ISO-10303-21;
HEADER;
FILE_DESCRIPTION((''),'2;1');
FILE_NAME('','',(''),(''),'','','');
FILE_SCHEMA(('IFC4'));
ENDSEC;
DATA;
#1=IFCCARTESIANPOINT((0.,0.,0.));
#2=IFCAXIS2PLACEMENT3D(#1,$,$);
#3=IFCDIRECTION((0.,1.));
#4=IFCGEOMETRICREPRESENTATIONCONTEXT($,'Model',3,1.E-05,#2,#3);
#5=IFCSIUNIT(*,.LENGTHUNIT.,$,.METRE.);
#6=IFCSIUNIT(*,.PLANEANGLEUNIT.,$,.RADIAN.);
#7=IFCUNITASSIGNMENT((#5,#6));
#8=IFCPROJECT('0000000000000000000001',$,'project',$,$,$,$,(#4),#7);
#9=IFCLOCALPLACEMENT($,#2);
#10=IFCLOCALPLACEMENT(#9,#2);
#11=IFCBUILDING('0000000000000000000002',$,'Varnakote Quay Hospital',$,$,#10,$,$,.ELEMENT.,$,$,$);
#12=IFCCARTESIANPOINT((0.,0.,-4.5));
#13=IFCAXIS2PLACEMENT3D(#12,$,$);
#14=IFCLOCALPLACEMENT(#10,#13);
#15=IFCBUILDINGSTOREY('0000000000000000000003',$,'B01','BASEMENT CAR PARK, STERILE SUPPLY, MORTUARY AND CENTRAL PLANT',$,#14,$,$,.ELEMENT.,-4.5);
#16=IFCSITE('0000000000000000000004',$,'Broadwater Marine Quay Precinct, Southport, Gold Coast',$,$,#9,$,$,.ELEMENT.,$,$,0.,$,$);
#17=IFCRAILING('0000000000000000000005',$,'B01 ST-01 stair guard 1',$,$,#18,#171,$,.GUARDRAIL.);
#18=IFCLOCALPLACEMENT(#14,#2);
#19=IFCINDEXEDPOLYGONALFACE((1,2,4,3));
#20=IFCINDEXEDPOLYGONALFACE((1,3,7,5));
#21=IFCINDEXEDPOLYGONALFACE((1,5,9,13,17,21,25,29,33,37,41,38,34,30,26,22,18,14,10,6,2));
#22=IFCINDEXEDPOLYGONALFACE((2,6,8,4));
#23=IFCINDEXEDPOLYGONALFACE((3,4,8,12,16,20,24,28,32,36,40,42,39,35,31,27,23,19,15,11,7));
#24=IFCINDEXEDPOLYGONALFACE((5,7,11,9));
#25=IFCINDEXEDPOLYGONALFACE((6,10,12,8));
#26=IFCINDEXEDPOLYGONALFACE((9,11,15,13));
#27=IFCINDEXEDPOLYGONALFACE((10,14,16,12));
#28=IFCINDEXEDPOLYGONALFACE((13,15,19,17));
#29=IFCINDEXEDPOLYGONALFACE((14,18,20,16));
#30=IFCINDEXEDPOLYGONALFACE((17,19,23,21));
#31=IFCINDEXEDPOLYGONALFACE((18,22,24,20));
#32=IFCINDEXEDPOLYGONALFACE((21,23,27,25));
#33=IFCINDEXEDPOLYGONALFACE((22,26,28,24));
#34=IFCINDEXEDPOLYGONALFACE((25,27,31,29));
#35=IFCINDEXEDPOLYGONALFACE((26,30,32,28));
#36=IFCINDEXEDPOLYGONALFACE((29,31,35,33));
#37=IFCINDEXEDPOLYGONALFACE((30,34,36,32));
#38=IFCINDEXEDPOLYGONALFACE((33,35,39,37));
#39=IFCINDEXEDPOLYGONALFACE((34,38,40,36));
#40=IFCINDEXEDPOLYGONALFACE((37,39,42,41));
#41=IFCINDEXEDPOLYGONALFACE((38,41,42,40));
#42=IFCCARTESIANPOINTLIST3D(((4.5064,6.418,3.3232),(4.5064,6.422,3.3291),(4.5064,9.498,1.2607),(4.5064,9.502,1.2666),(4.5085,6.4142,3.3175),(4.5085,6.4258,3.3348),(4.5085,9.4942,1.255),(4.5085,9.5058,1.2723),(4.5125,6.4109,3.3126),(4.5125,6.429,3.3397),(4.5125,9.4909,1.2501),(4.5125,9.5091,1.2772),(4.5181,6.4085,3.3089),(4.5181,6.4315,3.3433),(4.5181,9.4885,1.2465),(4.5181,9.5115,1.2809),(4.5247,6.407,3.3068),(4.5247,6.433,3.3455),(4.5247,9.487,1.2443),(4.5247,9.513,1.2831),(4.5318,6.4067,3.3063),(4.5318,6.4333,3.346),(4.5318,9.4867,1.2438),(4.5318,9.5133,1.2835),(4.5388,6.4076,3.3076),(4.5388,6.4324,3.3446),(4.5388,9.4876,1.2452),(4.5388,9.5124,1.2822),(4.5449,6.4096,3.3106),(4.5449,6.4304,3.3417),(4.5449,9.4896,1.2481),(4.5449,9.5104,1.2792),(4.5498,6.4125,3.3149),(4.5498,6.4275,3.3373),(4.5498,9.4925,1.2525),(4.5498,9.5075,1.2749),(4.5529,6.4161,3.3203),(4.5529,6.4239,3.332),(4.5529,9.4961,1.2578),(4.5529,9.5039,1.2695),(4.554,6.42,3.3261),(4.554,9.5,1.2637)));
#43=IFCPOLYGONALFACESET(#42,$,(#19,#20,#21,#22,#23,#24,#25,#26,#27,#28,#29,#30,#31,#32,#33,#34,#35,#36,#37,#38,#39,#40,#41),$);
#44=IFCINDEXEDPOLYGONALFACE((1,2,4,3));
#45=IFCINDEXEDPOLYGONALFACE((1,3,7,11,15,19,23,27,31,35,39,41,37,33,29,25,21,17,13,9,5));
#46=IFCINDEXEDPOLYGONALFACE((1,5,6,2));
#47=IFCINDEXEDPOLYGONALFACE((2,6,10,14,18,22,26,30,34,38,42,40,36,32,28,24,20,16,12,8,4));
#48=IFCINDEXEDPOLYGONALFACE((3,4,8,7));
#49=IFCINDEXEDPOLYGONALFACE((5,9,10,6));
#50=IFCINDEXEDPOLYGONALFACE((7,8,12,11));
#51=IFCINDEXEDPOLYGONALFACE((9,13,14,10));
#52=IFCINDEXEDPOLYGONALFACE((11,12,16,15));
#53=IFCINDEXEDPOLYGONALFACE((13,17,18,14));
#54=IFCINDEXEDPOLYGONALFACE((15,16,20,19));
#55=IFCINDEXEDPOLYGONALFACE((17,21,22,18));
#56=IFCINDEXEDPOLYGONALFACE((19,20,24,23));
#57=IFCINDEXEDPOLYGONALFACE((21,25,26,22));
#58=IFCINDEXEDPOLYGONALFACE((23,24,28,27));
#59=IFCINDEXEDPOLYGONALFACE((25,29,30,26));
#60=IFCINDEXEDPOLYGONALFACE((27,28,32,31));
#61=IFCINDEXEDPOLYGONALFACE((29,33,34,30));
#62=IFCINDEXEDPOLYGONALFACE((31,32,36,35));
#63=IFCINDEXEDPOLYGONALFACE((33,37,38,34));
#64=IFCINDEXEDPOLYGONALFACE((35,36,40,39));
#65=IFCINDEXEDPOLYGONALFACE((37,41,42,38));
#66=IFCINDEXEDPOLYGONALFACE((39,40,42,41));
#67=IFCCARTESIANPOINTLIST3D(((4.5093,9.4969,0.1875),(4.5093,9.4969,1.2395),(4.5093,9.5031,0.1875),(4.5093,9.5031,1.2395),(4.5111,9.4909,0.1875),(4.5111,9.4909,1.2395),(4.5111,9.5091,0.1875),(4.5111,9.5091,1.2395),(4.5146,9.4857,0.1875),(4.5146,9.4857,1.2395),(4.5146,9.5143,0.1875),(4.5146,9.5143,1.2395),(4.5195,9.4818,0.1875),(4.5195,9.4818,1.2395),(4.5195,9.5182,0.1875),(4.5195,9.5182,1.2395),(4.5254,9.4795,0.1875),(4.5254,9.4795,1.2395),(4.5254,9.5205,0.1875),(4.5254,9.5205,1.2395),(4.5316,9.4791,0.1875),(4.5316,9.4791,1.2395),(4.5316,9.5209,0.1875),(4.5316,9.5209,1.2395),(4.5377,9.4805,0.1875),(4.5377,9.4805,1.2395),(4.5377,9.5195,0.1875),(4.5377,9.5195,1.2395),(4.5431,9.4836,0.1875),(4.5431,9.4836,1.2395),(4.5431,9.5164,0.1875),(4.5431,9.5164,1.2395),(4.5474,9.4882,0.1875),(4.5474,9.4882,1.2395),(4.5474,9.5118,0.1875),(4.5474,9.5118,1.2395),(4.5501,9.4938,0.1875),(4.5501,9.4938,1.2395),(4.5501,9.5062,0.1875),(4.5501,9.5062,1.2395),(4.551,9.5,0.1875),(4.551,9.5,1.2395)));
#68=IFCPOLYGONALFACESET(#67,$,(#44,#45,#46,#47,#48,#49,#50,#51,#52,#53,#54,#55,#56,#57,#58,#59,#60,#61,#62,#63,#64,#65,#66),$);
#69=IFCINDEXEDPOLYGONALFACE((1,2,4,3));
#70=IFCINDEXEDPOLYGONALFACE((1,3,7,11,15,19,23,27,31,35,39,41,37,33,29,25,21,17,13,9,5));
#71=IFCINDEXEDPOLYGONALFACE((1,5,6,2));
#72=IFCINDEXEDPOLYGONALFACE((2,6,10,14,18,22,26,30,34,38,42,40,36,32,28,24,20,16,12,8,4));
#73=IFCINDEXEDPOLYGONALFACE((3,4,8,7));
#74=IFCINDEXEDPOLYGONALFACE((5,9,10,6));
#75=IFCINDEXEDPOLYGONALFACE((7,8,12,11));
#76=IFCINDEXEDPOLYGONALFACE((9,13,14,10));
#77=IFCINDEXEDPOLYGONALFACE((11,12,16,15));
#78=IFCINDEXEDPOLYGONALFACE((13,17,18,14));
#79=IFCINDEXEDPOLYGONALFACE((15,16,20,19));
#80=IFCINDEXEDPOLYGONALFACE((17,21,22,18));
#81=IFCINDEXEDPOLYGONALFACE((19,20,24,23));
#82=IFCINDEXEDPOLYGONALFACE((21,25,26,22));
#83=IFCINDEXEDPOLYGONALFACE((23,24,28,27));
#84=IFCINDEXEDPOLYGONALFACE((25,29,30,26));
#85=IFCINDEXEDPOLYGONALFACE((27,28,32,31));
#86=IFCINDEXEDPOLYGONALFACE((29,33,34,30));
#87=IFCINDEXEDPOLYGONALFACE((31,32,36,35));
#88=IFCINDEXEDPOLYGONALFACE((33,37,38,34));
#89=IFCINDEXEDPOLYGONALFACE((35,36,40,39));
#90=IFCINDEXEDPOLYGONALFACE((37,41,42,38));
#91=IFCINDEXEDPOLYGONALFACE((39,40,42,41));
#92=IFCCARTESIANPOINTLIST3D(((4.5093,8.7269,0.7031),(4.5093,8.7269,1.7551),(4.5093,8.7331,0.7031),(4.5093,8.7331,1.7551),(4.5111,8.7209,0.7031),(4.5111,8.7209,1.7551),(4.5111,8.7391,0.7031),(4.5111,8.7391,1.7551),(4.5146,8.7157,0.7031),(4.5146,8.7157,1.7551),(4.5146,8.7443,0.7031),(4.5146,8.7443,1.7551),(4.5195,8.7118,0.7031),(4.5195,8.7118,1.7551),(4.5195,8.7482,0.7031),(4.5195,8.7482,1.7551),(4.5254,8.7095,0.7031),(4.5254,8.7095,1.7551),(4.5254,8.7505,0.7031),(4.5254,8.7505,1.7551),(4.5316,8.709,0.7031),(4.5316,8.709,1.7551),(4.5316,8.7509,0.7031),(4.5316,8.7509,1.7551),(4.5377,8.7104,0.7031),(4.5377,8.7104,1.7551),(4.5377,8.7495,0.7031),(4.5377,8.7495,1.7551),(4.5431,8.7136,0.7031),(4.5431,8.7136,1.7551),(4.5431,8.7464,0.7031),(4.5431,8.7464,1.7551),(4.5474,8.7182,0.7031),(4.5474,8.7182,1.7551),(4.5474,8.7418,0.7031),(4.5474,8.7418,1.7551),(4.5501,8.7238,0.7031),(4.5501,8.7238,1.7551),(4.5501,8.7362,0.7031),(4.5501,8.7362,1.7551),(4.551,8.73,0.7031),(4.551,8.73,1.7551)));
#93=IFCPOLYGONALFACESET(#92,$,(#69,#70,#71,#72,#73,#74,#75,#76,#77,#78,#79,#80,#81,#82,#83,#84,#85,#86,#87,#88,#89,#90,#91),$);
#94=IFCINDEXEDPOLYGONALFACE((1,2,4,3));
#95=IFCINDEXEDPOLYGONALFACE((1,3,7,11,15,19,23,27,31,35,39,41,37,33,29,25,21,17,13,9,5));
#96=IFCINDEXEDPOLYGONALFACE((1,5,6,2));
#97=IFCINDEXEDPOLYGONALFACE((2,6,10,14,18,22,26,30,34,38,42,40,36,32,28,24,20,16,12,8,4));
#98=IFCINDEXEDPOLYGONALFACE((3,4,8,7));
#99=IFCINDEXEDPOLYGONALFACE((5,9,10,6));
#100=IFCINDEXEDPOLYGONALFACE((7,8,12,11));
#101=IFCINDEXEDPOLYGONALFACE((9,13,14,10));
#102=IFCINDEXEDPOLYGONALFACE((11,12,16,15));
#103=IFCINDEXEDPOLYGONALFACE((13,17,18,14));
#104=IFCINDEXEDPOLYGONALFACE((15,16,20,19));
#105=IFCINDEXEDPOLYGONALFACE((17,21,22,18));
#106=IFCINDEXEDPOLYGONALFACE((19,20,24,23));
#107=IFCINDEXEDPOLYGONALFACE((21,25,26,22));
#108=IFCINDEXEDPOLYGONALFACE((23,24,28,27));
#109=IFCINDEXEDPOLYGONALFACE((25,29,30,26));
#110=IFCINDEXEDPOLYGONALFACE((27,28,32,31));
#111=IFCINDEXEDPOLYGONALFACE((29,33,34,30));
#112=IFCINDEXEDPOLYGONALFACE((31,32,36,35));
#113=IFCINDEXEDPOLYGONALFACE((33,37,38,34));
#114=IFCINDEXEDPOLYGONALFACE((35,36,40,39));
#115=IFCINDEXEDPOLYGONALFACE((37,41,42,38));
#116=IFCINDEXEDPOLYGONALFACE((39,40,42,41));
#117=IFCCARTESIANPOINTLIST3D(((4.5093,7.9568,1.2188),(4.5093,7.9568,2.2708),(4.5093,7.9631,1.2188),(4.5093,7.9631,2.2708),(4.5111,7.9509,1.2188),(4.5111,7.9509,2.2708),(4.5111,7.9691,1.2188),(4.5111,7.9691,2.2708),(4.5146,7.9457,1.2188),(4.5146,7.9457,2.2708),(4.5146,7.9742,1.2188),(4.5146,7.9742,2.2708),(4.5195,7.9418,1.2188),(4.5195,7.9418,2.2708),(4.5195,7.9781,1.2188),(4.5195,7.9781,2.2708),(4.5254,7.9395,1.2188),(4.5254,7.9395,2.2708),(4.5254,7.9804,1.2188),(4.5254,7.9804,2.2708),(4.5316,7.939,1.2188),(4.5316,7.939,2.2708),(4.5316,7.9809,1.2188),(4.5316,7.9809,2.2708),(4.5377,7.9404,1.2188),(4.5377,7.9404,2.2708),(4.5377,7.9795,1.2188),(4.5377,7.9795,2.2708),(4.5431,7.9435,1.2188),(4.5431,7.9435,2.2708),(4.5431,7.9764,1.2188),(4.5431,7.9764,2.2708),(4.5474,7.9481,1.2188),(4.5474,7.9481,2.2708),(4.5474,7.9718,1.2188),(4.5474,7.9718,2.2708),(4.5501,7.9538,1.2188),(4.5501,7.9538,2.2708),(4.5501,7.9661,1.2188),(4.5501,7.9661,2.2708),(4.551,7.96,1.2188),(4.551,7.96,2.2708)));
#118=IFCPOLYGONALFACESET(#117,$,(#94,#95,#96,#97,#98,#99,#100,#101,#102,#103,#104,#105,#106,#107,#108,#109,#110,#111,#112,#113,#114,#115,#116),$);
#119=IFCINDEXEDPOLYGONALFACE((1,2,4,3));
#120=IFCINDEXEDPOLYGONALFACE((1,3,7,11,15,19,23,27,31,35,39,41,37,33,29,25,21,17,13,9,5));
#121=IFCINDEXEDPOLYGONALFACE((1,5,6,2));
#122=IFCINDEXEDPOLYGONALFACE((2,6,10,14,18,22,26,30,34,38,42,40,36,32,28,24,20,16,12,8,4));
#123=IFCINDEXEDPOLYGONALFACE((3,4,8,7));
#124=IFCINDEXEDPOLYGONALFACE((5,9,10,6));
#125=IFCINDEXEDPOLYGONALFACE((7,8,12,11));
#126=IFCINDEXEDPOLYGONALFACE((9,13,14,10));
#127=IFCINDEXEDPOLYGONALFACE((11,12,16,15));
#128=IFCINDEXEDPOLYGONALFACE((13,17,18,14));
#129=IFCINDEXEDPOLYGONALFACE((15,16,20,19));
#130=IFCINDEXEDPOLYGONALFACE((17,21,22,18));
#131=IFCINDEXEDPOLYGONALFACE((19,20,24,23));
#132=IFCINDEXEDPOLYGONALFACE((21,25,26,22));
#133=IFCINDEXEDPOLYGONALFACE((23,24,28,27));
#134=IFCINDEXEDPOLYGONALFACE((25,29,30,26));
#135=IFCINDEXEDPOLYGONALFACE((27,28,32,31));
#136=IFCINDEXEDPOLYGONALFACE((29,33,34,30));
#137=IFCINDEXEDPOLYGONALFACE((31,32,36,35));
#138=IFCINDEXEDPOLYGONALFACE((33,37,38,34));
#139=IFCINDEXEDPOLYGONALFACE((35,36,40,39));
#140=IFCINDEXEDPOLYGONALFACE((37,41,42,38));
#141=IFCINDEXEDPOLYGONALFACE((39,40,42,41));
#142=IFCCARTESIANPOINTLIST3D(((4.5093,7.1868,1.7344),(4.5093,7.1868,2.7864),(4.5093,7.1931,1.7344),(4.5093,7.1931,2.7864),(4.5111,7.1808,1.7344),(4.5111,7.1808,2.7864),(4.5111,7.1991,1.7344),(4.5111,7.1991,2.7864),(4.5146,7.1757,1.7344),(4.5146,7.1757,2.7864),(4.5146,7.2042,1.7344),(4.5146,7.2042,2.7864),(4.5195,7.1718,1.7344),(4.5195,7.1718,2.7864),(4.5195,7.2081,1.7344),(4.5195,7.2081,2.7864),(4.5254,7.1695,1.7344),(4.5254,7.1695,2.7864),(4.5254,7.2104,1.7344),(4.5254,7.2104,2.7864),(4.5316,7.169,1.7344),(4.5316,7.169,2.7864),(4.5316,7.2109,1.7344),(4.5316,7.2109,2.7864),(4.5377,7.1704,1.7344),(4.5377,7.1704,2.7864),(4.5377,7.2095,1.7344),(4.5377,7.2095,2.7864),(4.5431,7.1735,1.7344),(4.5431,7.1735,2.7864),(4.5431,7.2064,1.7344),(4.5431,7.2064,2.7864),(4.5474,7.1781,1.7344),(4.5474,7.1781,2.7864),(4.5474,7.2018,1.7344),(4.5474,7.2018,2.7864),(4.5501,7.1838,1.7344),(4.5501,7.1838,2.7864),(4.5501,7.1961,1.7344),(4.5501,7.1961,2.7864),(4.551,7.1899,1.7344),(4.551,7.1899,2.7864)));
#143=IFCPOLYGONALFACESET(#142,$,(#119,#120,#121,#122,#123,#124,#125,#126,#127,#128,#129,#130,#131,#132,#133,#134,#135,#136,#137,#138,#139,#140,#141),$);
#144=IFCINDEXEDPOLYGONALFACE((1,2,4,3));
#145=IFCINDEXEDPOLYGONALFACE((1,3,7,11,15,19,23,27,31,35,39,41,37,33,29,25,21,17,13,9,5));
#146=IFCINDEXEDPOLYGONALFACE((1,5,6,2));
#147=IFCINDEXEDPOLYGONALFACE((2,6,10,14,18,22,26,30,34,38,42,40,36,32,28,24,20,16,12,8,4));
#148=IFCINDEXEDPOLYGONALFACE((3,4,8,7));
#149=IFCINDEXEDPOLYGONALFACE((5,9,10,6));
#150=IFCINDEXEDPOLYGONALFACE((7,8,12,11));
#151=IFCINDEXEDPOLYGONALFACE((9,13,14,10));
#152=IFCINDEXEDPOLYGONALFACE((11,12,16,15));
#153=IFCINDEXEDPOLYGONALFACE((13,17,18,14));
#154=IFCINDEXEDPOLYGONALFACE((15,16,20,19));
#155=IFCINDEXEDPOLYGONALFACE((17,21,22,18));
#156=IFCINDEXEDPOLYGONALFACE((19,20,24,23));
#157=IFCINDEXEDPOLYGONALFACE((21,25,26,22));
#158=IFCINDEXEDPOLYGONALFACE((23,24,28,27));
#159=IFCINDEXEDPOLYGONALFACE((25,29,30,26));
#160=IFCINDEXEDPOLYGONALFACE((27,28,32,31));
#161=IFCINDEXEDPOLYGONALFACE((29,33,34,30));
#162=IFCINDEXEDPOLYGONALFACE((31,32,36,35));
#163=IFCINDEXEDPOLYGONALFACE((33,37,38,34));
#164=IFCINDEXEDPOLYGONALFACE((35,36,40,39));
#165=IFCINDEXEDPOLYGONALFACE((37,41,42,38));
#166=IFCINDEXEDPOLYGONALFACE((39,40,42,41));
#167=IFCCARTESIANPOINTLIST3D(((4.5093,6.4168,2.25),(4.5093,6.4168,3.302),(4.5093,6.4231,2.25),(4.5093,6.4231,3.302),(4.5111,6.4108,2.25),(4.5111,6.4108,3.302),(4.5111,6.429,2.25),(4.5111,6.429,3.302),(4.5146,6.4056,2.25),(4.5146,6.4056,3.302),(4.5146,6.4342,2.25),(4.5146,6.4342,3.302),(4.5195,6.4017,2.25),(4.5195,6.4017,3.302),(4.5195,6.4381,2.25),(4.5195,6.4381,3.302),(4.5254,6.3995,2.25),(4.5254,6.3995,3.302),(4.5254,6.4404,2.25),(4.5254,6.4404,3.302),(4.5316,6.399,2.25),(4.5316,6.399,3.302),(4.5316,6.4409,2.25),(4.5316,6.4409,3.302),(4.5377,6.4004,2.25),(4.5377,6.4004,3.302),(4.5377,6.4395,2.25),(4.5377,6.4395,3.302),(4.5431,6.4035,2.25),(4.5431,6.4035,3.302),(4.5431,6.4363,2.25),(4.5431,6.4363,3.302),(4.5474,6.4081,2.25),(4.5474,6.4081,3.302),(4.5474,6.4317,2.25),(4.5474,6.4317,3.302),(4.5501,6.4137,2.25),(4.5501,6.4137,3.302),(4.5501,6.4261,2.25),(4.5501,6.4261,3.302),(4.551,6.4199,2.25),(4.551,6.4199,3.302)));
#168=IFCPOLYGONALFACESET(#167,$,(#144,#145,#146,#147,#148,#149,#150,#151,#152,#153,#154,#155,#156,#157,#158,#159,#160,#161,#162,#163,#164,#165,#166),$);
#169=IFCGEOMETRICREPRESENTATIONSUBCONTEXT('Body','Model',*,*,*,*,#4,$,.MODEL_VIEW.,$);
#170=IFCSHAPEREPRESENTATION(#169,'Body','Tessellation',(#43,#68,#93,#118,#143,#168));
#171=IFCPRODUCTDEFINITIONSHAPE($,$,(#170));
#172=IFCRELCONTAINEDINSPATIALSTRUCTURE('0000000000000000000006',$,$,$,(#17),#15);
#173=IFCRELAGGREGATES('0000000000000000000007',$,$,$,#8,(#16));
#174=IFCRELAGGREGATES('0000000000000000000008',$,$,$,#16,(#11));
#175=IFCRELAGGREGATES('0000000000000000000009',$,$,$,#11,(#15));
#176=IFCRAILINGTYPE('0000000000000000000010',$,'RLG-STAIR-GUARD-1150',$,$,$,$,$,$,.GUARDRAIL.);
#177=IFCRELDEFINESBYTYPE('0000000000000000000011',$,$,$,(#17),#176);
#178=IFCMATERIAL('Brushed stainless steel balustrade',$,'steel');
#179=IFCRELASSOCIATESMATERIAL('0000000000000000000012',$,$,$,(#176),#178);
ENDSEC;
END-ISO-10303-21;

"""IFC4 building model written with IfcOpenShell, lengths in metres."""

from ifc_helpers import new_model, si_unit, direction, frame, origin, origin_2d, place, context, subcontext, project, spatial, circle, extrude, material, type_object, element, save


model = new_model("IFC4")

# Units and contexts
model_context = context("Model", 3, precision=1e-05, world=origin(), true_north=direction((0.0, 1.0)))
body_context = subcontext(model_context, "Body", "Model", "MODEL_VIEW")
ifc_project = project(units=[si_unit("LENGTHUNIT", "METRE"), si_unit("PLANEANGLEUNIT", "RADIAN")], contexts=[model_context])

# Site, building, storey
site_placement = place(None, origin())
site = spatial("IfcSite", under=ifc_project, at=site_placement, Name="Broadwater Marine Quay Precinct, Southport, Gold Coast", CompositionType="ELEMENT", RefElevation=0.0)
building_placement = place(site_placement, origin())
building = spatial("IfcBuilding", under=site, at=building_placement, Name="Varnakote Quay Hospital", CompositionType="ELEMENT")
storey_placement = place(building_placement, frame((0.0, 0.0, -4.5)))
storey = spatial("IfcBuildingStorey", under=building, at=storey_placement, Name="B01", Description="BASEMENT CAR PARK, STERILE SUPPLY, MORTUARY AND CENTRAL PLANT", CompositionType="ELEMENT", Elevation=-4.5)

# Railing
ifc_material_1 = material(Name="Brushed stainless steel balustrade", Category="steel")
railing_type_1 = type_object("IfcRailingType", Name="RLG-STAIR-GUARD-1150", PredefinedType="GUARDRAIL", material=ifc_material_1)
railing_1_placement = place(storey_placement, frame((4.53, 9.5, 0.1875)))
element("IfcRailing", 1, at=railing_1_placement, inside=storey, type_object=railing_type_1, Name="B01 ST-01 stair guard 1", PredefinedType="GUARDRAIL", context=body_context, shape_type="SweptSolid", body=[
    extrude(circle(Radius=0.0239, at=origin_2d()), frame((0.0, 0.0, 1.0762), z_axis=(0.0, -0.830914, 0.556401), x_axis=(1.0, 0.0, 0.0)), (0.0, 0.0, 1.0), 3.7068),
    extrude(circle(Radius=0.021, at=origin_2d()), origin(), (0.0, 0.0, 1.0), 1.052),
    extrude(circle(Radius=0.021, at=origin_2d()), frame((0.0, -0.77, 0.5156)), (0.0, 0.0, 1.0), 1.052),
    extrude(circle(Radius=0.021, at=origin_2d()), frame((0.0, -1.54, 1.0312)), (0.0, 0.0, 1.0), 1.052),
    extrude(circle(Radius=0.021, at=origin_2d()), frame((0.0, -2.3101, 1.5469)), (0.0, 0.0, 1.0), 1.052),
    extrude(circle(Radius=0.021, at=origin_2d()), frame((0.0, -3.0801, 2.0625)), (0.0, 0.0, 1.0), 1.052),
])

save(model, "model.ifc")
